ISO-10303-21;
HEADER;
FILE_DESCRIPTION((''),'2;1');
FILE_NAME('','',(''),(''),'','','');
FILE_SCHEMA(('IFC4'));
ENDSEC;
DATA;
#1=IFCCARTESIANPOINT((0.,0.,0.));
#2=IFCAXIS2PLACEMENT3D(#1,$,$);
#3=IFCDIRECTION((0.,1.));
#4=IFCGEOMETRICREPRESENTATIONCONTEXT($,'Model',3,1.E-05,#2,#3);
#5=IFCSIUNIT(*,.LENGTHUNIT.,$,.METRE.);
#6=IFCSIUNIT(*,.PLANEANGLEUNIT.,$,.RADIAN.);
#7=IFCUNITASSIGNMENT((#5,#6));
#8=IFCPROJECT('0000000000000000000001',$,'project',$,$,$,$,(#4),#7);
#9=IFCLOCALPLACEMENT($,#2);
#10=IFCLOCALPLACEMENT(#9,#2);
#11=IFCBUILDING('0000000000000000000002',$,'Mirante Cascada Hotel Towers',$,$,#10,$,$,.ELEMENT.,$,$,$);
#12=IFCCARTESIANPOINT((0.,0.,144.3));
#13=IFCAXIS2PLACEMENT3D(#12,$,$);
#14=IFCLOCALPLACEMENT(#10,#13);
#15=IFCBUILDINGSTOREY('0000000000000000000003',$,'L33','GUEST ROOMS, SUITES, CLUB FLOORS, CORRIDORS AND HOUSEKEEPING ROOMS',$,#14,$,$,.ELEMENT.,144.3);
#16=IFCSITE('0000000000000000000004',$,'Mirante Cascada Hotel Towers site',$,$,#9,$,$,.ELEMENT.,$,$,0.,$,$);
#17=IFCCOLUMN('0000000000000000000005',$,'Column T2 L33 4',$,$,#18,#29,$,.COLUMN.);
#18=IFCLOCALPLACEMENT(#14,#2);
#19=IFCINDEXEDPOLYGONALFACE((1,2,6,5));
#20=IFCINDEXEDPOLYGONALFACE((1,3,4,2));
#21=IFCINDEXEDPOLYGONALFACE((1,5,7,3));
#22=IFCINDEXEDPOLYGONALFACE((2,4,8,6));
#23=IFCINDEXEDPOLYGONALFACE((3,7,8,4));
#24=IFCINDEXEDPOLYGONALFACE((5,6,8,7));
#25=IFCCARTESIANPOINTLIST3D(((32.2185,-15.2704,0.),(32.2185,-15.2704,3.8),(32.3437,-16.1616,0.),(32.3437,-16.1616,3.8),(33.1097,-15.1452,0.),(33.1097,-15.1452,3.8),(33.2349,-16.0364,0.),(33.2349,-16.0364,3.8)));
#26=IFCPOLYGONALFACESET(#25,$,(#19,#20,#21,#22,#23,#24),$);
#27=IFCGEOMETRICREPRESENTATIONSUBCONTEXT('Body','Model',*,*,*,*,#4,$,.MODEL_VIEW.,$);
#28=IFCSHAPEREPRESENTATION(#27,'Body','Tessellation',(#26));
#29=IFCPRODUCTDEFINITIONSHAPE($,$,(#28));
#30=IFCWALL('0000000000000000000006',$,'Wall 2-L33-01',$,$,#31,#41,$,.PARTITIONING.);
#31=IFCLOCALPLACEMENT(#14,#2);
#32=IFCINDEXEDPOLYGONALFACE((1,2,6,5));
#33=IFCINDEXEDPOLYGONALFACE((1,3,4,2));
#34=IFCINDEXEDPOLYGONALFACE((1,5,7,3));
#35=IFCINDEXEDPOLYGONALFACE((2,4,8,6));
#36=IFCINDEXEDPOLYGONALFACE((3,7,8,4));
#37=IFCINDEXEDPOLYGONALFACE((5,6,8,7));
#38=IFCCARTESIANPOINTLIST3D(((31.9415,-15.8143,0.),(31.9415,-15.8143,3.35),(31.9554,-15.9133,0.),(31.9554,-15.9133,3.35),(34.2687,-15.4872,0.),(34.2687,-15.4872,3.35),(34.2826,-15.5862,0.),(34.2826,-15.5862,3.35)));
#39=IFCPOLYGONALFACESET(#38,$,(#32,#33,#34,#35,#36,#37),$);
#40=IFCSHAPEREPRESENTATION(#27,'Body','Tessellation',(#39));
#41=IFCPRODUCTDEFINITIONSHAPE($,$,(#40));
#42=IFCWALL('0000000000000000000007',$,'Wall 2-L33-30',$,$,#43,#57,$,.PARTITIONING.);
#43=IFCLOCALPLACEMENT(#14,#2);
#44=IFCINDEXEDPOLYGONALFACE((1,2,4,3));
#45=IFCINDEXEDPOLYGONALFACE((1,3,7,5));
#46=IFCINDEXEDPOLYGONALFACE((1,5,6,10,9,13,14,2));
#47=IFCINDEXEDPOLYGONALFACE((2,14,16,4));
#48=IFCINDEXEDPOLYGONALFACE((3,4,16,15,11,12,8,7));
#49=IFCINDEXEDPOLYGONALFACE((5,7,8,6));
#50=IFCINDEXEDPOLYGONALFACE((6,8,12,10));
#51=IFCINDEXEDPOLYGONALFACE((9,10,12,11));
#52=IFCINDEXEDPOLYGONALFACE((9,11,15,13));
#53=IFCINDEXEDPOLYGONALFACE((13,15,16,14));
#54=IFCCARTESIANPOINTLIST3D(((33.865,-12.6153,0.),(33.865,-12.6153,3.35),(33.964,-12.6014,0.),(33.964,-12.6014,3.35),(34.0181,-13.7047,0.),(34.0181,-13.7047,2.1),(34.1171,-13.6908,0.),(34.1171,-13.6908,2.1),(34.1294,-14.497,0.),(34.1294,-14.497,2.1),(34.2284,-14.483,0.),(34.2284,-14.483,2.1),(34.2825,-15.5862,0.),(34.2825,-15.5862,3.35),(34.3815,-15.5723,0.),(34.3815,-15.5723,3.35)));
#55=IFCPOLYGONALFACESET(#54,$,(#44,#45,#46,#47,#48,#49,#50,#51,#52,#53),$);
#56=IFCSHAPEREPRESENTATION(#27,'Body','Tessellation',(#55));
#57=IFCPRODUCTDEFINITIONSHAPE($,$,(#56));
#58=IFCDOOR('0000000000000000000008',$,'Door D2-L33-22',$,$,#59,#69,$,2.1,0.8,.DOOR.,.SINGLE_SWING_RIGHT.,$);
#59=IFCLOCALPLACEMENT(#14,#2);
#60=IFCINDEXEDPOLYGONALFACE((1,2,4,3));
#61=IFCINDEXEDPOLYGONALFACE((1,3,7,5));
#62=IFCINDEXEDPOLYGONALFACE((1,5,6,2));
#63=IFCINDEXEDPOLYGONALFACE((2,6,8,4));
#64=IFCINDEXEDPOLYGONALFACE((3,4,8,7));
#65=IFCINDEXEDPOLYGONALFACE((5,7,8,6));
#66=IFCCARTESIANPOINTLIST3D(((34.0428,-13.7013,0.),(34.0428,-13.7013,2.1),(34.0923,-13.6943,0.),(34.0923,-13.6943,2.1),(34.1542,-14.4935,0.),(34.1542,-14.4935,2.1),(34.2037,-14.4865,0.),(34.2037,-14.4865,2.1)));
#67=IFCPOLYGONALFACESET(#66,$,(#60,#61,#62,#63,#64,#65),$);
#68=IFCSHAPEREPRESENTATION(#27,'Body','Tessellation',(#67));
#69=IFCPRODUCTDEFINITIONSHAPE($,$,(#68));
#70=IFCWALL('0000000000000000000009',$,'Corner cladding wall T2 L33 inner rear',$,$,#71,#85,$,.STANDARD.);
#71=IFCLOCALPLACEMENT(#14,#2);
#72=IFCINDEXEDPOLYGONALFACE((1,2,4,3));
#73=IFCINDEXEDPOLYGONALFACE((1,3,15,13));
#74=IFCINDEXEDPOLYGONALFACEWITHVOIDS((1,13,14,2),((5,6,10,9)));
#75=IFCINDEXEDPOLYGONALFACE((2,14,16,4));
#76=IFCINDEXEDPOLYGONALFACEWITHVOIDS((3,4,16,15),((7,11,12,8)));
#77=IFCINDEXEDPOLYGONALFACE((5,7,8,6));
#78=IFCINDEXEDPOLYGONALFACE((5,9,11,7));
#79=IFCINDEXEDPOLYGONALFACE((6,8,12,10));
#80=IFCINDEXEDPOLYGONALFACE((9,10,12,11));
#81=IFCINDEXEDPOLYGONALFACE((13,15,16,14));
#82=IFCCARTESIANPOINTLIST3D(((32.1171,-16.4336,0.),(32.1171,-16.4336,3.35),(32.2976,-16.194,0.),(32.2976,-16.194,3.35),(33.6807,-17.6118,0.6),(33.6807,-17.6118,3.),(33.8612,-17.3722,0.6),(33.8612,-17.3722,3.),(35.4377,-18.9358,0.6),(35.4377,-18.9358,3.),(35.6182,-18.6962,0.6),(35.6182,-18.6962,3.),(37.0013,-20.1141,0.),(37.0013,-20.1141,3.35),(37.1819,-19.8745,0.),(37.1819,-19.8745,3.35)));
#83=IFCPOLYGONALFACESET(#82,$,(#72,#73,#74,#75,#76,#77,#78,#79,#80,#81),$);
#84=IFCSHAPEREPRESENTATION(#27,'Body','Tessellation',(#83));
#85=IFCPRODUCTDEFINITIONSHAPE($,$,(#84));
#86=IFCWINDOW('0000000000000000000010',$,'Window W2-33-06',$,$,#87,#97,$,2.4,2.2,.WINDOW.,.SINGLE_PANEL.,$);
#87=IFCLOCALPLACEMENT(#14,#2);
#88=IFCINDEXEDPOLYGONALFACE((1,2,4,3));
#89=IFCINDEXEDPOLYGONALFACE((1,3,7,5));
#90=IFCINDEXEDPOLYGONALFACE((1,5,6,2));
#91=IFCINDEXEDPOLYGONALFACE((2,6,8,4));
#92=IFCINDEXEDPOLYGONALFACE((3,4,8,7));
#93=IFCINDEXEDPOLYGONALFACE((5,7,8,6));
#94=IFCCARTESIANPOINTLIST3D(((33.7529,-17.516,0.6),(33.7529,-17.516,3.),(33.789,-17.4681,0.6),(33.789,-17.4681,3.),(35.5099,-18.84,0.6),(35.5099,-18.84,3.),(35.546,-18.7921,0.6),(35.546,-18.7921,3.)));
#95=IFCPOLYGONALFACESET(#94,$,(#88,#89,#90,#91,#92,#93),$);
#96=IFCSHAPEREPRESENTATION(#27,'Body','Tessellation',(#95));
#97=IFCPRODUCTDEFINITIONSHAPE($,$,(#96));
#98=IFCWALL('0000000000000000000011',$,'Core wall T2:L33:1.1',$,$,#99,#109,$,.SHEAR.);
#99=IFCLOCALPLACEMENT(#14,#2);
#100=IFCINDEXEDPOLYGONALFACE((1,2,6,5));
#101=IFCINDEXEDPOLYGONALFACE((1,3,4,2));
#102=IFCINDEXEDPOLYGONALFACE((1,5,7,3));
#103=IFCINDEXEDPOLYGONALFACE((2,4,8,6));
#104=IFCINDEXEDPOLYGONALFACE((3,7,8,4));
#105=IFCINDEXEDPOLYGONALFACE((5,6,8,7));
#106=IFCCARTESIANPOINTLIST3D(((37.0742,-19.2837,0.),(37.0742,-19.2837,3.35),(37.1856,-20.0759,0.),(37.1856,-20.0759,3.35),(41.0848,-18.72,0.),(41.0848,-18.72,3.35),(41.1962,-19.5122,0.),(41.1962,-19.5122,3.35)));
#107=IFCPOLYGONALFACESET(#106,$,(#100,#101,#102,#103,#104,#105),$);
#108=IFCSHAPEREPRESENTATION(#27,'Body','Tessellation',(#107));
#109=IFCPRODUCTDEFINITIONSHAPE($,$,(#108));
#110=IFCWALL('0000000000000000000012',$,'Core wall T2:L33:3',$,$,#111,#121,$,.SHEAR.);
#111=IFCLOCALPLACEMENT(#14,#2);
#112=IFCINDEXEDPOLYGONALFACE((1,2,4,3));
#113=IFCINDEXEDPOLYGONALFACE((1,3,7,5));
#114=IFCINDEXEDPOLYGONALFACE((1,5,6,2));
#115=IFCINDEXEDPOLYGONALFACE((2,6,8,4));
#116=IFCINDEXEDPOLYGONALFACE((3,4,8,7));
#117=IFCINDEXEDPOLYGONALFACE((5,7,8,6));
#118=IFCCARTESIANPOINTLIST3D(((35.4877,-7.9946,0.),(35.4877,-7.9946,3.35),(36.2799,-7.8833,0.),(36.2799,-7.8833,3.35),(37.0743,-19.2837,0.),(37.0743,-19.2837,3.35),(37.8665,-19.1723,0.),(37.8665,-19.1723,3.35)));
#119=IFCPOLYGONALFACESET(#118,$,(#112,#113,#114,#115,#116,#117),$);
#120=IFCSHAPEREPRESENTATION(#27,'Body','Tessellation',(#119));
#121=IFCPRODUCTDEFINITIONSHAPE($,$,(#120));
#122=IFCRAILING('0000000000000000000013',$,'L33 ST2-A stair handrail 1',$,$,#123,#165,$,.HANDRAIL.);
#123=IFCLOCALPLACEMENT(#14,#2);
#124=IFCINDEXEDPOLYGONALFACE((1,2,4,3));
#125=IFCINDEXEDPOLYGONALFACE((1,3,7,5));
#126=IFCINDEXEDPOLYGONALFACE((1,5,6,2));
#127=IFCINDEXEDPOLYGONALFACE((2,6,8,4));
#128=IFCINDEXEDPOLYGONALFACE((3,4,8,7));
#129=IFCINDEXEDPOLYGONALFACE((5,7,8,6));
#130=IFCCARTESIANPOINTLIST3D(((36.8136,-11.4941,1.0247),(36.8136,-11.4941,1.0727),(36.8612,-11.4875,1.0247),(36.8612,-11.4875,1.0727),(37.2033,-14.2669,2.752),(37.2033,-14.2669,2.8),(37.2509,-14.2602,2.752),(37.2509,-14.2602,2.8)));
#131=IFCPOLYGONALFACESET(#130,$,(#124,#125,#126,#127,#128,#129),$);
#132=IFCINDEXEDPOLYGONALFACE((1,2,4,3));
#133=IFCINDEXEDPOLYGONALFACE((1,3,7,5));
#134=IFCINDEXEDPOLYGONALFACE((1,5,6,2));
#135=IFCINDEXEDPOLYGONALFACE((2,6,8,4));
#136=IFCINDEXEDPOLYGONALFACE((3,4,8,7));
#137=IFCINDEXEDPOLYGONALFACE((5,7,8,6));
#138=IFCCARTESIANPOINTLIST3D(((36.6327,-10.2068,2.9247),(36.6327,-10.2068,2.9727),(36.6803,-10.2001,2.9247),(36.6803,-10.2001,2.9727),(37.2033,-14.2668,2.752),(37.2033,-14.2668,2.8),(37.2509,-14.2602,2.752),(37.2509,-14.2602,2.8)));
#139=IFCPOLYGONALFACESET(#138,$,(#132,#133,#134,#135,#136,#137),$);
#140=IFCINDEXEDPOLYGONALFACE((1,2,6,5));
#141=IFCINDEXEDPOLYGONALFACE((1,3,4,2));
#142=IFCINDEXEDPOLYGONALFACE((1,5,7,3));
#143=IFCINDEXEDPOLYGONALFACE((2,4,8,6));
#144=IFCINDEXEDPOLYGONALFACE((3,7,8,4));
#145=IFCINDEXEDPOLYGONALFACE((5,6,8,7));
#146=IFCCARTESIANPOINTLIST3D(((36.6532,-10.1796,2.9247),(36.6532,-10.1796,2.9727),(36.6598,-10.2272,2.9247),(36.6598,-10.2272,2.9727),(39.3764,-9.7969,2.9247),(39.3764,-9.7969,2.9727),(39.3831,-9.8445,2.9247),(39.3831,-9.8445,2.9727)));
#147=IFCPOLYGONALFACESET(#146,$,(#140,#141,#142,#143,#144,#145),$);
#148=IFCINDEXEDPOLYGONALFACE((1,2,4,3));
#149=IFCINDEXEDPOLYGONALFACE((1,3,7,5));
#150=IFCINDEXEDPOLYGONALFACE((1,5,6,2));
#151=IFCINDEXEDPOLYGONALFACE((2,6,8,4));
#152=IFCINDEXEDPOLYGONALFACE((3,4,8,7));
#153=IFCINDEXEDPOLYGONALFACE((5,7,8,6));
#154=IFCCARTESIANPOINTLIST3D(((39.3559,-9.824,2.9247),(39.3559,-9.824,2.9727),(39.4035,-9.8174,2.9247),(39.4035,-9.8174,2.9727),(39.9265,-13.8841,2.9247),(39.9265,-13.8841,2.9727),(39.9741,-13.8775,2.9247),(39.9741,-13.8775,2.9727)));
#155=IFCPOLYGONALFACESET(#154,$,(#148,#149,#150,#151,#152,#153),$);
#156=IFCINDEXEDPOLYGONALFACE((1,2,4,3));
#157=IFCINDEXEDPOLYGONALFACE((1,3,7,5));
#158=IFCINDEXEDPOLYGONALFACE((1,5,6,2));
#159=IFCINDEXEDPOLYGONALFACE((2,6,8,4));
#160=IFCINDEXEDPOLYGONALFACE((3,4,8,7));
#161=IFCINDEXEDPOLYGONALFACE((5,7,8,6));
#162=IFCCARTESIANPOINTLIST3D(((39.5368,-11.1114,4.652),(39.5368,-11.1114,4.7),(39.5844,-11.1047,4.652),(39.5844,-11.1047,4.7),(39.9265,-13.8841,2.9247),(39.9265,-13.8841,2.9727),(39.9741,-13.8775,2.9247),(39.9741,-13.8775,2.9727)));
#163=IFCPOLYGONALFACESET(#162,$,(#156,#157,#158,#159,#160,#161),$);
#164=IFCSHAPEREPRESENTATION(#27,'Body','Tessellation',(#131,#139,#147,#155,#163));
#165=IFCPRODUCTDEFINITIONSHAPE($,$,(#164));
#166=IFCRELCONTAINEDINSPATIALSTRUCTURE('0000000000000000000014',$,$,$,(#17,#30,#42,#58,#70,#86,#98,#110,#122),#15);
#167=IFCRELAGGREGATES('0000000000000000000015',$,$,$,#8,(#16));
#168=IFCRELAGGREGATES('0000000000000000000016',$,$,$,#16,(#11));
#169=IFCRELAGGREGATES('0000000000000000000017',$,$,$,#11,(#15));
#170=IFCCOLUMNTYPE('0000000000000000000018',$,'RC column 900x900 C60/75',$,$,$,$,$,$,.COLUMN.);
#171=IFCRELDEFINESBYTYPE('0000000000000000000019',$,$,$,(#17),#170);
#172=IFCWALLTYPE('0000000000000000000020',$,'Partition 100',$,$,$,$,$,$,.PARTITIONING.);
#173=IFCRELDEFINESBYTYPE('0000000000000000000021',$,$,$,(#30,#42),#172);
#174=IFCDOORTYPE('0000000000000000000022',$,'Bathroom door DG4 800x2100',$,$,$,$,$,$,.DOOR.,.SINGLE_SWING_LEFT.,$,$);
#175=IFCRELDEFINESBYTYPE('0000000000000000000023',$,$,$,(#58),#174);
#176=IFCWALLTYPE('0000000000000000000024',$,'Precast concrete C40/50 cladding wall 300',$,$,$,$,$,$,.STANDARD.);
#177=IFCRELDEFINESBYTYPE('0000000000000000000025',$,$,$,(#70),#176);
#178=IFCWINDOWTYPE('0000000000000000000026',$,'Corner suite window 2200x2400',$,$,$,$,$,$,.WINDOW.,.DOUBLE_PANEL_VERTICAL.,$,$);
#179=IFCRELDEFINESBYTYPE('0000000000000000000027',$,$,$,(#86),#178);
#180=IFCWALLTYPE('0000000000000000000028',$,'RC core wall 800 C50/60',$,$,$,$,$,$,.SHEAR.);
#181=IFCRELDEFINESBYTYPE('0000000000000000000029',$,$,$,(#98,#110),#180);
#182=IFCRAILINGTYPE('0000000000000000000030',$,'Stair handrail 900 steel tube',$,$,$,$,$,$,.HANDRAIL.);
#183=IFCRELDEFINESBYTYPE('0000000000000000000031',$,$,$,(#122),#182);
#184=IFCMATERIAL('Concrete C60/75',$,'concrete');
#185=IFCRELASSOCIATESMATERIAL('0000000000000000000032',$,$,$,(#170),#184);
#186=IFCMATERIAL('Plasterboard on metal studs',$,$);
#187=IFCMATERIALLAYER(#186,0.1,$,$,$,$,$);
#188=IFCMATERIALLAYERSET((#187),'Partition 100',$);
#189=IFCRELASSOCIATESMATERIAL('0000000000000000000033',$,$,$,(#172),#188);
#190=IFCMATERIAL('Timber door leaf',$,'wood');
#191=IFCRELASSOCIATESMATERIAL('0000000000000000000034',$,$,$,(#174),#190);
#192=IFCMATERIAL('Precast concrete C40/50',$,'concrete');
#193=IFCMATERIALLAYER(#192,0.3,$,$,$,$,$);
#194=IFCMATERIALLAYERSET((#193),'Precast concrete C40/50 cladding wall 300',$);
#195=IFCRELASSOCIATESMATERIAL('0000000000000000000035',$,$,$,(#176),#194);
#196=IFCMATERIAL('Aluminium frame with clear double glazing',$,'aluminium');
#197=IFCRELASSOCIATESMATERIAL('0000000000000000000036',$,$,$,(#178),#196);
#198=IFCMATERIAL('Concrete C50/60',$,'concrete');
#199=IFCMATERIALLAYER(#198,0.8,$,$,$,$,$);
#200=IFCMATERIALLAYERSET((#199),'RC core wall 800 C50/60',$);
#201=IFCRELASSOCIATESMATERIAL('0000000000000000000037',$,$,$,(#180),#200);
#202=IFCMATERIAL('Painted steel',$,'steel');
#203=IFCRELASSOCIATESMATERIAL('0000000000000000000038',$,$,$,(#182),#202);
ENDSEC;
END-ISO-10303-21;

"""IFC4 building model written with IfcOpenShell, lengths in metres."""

from ifc_helpers import new_model, si_unit, direction, frame, frame_2d, origin, origin_2d, place, context, subcontext, project, spatial, rectangle, extrude, material, layer, layer_set, material_profile, profile_set, type_object, element, fill, save


model = new_model("IFC4")

# Units and contexts
model_context = context("Model", 3, precision=1e-05, world=origin(), true_north=direction((0.0, 1.0)))
body_context = subcontext(model_context, "Body", "Model", "MODEL_VIEW")
ifc_project = project(units=[si_unit("LENGTHUNIT", "METRE"), si_unit("PLANEANGLEUNIT", "RADIAN")], contexts=[model_context])

# Site, building, storey
site_placement = place(None, origin())
site = spatial("IfcSite", under=ifc_project, at=site_placement, Name="Mirante Cascada Hotel Towers site", CompositionType="ELEMENT", RefElevation=0.0)
building_placement = place(site_placement, origin())
building = spatial("IfcBuilding", under=site, at=building_placement, Name="Mirante Cascada Hotel Towers", CompositionType="ELEMENT")
storey_placement = place(building_placement, frame((0.0, 0.0, 144.3)))
storey = spatial("IfcBuildingStorey", under=building, at=storey_placement, Name="L33", Description="GUEST ROOMS, SUITES, CLUB FLOORS, CORRIDORS AND HOUSEKEEPING ROOMS", CompositionType="ELEMENT", Elevation=144.3)

# Column
ifc_material_1 = material(Name="Concrete C60/75", Category="concrete")
ifc_material_profile = material_profile(ifc_material_1, rectangle(XDim=0.9, YDim=0.9, at=origin_2d()), Name="RC column 900x900 C60/75")
ifc_profile_set = profile_set([ifc_material_profile], Name="Concrete C60/75")
column_type = type_object("IfcColumnType", Name="RC column 900x900 C60/75", PredefinedType="COLUMN", material=ifc_profile_set)
column_placement = place(storey_placement, frame((32.7267, -15.6534, 0.0), z_axis=(0.0, 0.0, 1.0), x_axis=(0.990268, 0.139173, 0.0)))
element("IfcColumn", 1, at=column_placement, inside=storey, type_object=column_type, Name="Column T2 L33 4", PredefinedType="COLUMN", context=body_context, shape_type="SweptSolid", body=[
    extrude(rectangle(XDim=0.9, YDim=0.9, at=origin_2d()), origin(), (0.0, 0.0, 1.0), 3.8),
])

# Wall
ifc_material_2 = material(Name="Plasterboard on metal studs")
ifc_layer_1 = layer(ifc_material_2, 0.1)
ifc_layer_set_1 = layer_set([ifc_layer_1], Name="Partition 100")
wall_type_1 = type_object("IfcWallType", Name="Partition 100", PredefinedType="PARTITIONING", material=ifc_layer_set_1)
wall_1_placement = place(storey_placement, frame((34.2756, -15.5367, 0.0), z_axis=(0.0, 0.0, 1.0), x_axis=(-0.990266, -0.139187, 0.0)))
element("IfcWall", 2, at=wall_1_placement, inside=storey, type_object=wall_type_1, Name="Wall 2-L33-01", PredefinedType="PARTITIONING", context=body_context, shape_type="SweptSolid", body=[
    extrude(rectangle(XDim=2.3501, YDim=0.1, at=frame_2d((1.175, 0.0))), origin(), (0.0, 0.0, 1.0), 3.35),
])

# Wall, opening, door
wall_2_placement = place(storey_placement, frame((34.332, -15.5793, 0.0), z_axis=(0.0, 0.0, 1.0), x_axis=(-0.139162, 0.99027, 0.0)))
wall_2 = element("IfcWall", 3, at=wall_2_placement, inside=storey, type_object=wall_type_1, Name="Wall 2-L33-30", PredefinedType="PARTITIONING", context=body_context, shape_type="SweptSolid", body=[
    extrude(rectangle(XDim=3.0001, YDim=0.1, at=frame_2d((1.5001, 0.0))), origin(), (0.0, 0.0, 1.0), 3.35),
])
opening_1_placement = place(wall_2_placement, frame((1.1, 0.0, 0.0)))
opening_1 = element("IfcOpeningElement", 4, at=opening_1_placement, cuts=wall_2, PredefinedType="OPENING", context=body_context, shape_type="SweptSolid", body=[
    extrude(rectangle(XDim=0.8, YDim=2.1, at=frame_2d((0.4, 1.05))), frame((0.0, 0.05, 0.0), z_axis=(0.0, -1.0, 0.0), x_axis=(1.0, 0.0, 0.0)), (0.0, 0.0, 1.0), 0.1),
])
ifc_material_3 = material(Name="Timber door leaf", Category="wood")
door_type = type_object("IfcDoorType", Name="Bathroom door DG4 800x2100", OperationType="SINGLE_SWING_LEFT", PredefinedType="DOOR", material=ifc_material_3)
door_placement = place(opening_1_placement, frame((0.8, 0.0, 0.0), z_axis=(0.0, 0.0, 1.0), x_axis=(-1.0, 0.0, 0.0)))
door = element("IfcDoor", 5, at=door_placement, inside=storey, type_object=door_type, Name="Door D2-L33-22", OperationType="SINGLE_SWING_RIGHT", OverallHeight=2.1, OverallWidth=0.8, PredefinedType="DOOR", context=body_context, shape_type="SweptSolid", body=[
    extrude(rectangle(XDim=0.8, YDim=2.1, at=frame_2d((0.4, 1.05))), frame((0.0, 0.025, 0.0), z_axis=(0.0, -1.0, 0.0), x_axis=(1.0, 0.0, 0.0)), (0.0, 0.0, 1.0), 0.05),
])
fill(opening_1, door)

# Wall, opening, window
ifc_material_4 = material(Name="Precast concrete C40/50", Category="concrete")
ifc_layer_2 = layer(ifc_material_4, 0.3)
ifc_layer_set_2 = layer_set([ifc_layer_2], Name="Precast concrete C40/50 cladding wall 300")
wall_type_2 = type_object("IfcWallType", Name="Precast concrete C40/50 cladding wall 300", PredefinedType="STANDARD", material=ifc_layer_set_2)
wall_3_placement = place(storey_placement, frame((32.2074, -16.3138, 0.0), z_axis=(0.0, 0.0, 1.0), x_axis=(0.798636, -0.601814, 0.0)))
wall_3 = element("IfcWall", 6, at=wall_3_placement, inside=storey, type_object=wall_type_2, Name="Corner cladding wall T2 L33 inner rear", PredefinedType="STANDARD", context=body_context, shape_type="SweptSolid", body=[
    extrude(rectangle(XDim=6.1157, YDim=0.3, at=frame_2d((3.0578, 0.0))), origin(), (0.0, 0.0, 1.0), 3.35),
])
opening_2_placement = place(wall_3_placement, frame((1.9578, 0.0, 0.6)))
opening_2 = element("IfcOpeningElement", 7, at=opening_2_placement, cuts=wall_3, PredefinedType="OPENING", context=body_context, shape_type="SweptSolid", body=[
    extrude(rectangle(XDim=2.2, YDim=2.4, at=frame_2d((1.1, 1.2))), frame((0.0, 0.15, 0.0), z_axis=(0.0, -1.0, 0.0), x_axis=(1.0, 0.0, 0.0)), (0.0, 0.0, 1.0), 0.3),
])
ifc_material_5 = material(Name="Aluminium frame with clear double glazing", Category="aluminium")
window_type = type_object("IfcWindowType", Name="Corner suite window 2200x2400", PartitioningType="DOUBLE_PANEL_VERTICAL", PredefinedType="WINDOW", material=ifc_material_5)
window_placement = place(opening_2_placement, origin())
window = element("IfcWindow", 8, at=window_placement, inside=storey, type_object=window_type, Name="Window W2-33-06", OverallHeight=2.4, OverallWidth=2.2, PartitioningType="SINGLE_PANEL", PredefinedType="WINDOW", context=body_context, shape_type="SweptSolid", body=[
    extrude(rectangle(XDim=2.2, YDim=2.4, at=frame_2d((1.1, 1.2))), frame((0.0, 0.03, 0.0), z_axis=(0.0, -1.0, 0.0), x_axis=(1.0, 0.0, 0.0)), (0.0, 0.0, 1.0), 0.06),
])
fill(opening_2, window)

# Walls
ifc_material_6 = material(Name="Concrete C50/60", Category="concrete")
ifc_layer_3 = layer(ifc_material_6, 0.8)
ifc_layer_set_3 = layer_set([ifc_layer_3], Name="RC core wall 800 C50/60")
wall_type_3 = type_object("IfcWallType", Name="RC core wall 800 C50/60", PredefinedType="SHEAR", material=ifc_layer_set_3)
wall_4_placement = place(storey_placement, frame((37.1299, -19.6798, 0.0), z_axis=(0.0, 0.0, 1.0), x_axis=(0.990267, 0.139184, 0.0)))
element("IfcWall", 9, at=wall_4_placement, inside=storey, type_object=wall_type_3, Name="Core wall T2:L33:1.1", PredefinedType="SHEAR", context=body_context, shape_type="SweptSolid", body=[
    extrude(rectangle(XDim=4.05, YDim=0.8, at=frame_2d((2.025, 0.0))), origin(), (0.0, 0.0, 1.0), 3.35),
])
wall_5_placement = place(storey_placement, frame((37.4704, -19.228, 0.0), z_axis=(0.0, 0.0, 1.0), x_axis=(-0.139175, 0.990268, 0.0)))
element("IfcWall", 10, at=wall_5_placement, inside=storey, type_object=wall_type_3, Name="Core wall T2:L33:3", PredefinedType="SHEAR", context=body_context, shape_type="SweptSolid", body=[
    extrude(rectangle(XDim=11.4, YDim=0.8, at=frame_2d((5.7, 0.0))), origin(), (0.0, 0.0, 1.0), 3.35),
])

# Railing
ifc_material_7 = material(Name="Painted steel", Category="steel")
railing_type = type_object("IfcRailingType", Name="Stair handrail 900 steel tube", PredefinedType="HANDRAIL", material=ifc_material_7)
railing_placement = place(storey_placement, frame((36.8374, -11.4908, 0.1727)))
element("IfcRailing", 11, at=railing_placement, inside=storey, type_object=railing_type, Name="L33 ST2-A stair handrail 1", PredefinedType="HANDRAIL", context=body_context, shape_type="SweptSolid", body=[
    extrude(rectangle(XDim=0.048, YDim=0.048, at=origin_2d()), frame((0.0, 0.0, 0.876), z_axis=(0.139181, -0.990267, 0.0), x_axis=(0.990267, 0.139181, 0.0)), (0.0, 0.525035, 0.851081), 3.2899),
    extrude(rectangle(XDim=0.048, YDim=0.048, at=origin_2d()), frame((0.3897, -2.7727, 2.6033), z_axis=(-0.139171, 0.990268, 0.0), x_axis=(-0.990268, -0.139171, 0.0)), (0.0, 0.042085, 0.999114), 4.1036),
    extrude(rectangle(XDim=0.048, YDim=0.048, at=origin_2d()), frame((-0.1809, 1.2874, 2.776), z_axis=(0.990269, 0.139166, 0.0), x_axis=(-0.139166, 0.990269, 0.0)), (0.0, 0.0, 1.0), 2.75),
    extrude(rectangle(XDim=0.048, YDim=0.048, at=origin_2d()), frame((2.5423, 1.6701, 2.776), z_axis=(0.139171, -0.990268, 0.0), x_axis=(0.990268, 0.139171, 0.0)), (0.0, 0.0, 1.0), 4.1),
    extrude(rectangle(XDim=0.048, YDim=0.048, at=origin_2d()), frame((3.1129, -2.39, 2.776), z_axis=(-0.139181, 0.990267, 0.0), x_axis=(-0.990267, -0.139181, 0.0)), (0.0, 0.525035, 0.851081), 3.2899),
])

save(model, "model.ifc")
